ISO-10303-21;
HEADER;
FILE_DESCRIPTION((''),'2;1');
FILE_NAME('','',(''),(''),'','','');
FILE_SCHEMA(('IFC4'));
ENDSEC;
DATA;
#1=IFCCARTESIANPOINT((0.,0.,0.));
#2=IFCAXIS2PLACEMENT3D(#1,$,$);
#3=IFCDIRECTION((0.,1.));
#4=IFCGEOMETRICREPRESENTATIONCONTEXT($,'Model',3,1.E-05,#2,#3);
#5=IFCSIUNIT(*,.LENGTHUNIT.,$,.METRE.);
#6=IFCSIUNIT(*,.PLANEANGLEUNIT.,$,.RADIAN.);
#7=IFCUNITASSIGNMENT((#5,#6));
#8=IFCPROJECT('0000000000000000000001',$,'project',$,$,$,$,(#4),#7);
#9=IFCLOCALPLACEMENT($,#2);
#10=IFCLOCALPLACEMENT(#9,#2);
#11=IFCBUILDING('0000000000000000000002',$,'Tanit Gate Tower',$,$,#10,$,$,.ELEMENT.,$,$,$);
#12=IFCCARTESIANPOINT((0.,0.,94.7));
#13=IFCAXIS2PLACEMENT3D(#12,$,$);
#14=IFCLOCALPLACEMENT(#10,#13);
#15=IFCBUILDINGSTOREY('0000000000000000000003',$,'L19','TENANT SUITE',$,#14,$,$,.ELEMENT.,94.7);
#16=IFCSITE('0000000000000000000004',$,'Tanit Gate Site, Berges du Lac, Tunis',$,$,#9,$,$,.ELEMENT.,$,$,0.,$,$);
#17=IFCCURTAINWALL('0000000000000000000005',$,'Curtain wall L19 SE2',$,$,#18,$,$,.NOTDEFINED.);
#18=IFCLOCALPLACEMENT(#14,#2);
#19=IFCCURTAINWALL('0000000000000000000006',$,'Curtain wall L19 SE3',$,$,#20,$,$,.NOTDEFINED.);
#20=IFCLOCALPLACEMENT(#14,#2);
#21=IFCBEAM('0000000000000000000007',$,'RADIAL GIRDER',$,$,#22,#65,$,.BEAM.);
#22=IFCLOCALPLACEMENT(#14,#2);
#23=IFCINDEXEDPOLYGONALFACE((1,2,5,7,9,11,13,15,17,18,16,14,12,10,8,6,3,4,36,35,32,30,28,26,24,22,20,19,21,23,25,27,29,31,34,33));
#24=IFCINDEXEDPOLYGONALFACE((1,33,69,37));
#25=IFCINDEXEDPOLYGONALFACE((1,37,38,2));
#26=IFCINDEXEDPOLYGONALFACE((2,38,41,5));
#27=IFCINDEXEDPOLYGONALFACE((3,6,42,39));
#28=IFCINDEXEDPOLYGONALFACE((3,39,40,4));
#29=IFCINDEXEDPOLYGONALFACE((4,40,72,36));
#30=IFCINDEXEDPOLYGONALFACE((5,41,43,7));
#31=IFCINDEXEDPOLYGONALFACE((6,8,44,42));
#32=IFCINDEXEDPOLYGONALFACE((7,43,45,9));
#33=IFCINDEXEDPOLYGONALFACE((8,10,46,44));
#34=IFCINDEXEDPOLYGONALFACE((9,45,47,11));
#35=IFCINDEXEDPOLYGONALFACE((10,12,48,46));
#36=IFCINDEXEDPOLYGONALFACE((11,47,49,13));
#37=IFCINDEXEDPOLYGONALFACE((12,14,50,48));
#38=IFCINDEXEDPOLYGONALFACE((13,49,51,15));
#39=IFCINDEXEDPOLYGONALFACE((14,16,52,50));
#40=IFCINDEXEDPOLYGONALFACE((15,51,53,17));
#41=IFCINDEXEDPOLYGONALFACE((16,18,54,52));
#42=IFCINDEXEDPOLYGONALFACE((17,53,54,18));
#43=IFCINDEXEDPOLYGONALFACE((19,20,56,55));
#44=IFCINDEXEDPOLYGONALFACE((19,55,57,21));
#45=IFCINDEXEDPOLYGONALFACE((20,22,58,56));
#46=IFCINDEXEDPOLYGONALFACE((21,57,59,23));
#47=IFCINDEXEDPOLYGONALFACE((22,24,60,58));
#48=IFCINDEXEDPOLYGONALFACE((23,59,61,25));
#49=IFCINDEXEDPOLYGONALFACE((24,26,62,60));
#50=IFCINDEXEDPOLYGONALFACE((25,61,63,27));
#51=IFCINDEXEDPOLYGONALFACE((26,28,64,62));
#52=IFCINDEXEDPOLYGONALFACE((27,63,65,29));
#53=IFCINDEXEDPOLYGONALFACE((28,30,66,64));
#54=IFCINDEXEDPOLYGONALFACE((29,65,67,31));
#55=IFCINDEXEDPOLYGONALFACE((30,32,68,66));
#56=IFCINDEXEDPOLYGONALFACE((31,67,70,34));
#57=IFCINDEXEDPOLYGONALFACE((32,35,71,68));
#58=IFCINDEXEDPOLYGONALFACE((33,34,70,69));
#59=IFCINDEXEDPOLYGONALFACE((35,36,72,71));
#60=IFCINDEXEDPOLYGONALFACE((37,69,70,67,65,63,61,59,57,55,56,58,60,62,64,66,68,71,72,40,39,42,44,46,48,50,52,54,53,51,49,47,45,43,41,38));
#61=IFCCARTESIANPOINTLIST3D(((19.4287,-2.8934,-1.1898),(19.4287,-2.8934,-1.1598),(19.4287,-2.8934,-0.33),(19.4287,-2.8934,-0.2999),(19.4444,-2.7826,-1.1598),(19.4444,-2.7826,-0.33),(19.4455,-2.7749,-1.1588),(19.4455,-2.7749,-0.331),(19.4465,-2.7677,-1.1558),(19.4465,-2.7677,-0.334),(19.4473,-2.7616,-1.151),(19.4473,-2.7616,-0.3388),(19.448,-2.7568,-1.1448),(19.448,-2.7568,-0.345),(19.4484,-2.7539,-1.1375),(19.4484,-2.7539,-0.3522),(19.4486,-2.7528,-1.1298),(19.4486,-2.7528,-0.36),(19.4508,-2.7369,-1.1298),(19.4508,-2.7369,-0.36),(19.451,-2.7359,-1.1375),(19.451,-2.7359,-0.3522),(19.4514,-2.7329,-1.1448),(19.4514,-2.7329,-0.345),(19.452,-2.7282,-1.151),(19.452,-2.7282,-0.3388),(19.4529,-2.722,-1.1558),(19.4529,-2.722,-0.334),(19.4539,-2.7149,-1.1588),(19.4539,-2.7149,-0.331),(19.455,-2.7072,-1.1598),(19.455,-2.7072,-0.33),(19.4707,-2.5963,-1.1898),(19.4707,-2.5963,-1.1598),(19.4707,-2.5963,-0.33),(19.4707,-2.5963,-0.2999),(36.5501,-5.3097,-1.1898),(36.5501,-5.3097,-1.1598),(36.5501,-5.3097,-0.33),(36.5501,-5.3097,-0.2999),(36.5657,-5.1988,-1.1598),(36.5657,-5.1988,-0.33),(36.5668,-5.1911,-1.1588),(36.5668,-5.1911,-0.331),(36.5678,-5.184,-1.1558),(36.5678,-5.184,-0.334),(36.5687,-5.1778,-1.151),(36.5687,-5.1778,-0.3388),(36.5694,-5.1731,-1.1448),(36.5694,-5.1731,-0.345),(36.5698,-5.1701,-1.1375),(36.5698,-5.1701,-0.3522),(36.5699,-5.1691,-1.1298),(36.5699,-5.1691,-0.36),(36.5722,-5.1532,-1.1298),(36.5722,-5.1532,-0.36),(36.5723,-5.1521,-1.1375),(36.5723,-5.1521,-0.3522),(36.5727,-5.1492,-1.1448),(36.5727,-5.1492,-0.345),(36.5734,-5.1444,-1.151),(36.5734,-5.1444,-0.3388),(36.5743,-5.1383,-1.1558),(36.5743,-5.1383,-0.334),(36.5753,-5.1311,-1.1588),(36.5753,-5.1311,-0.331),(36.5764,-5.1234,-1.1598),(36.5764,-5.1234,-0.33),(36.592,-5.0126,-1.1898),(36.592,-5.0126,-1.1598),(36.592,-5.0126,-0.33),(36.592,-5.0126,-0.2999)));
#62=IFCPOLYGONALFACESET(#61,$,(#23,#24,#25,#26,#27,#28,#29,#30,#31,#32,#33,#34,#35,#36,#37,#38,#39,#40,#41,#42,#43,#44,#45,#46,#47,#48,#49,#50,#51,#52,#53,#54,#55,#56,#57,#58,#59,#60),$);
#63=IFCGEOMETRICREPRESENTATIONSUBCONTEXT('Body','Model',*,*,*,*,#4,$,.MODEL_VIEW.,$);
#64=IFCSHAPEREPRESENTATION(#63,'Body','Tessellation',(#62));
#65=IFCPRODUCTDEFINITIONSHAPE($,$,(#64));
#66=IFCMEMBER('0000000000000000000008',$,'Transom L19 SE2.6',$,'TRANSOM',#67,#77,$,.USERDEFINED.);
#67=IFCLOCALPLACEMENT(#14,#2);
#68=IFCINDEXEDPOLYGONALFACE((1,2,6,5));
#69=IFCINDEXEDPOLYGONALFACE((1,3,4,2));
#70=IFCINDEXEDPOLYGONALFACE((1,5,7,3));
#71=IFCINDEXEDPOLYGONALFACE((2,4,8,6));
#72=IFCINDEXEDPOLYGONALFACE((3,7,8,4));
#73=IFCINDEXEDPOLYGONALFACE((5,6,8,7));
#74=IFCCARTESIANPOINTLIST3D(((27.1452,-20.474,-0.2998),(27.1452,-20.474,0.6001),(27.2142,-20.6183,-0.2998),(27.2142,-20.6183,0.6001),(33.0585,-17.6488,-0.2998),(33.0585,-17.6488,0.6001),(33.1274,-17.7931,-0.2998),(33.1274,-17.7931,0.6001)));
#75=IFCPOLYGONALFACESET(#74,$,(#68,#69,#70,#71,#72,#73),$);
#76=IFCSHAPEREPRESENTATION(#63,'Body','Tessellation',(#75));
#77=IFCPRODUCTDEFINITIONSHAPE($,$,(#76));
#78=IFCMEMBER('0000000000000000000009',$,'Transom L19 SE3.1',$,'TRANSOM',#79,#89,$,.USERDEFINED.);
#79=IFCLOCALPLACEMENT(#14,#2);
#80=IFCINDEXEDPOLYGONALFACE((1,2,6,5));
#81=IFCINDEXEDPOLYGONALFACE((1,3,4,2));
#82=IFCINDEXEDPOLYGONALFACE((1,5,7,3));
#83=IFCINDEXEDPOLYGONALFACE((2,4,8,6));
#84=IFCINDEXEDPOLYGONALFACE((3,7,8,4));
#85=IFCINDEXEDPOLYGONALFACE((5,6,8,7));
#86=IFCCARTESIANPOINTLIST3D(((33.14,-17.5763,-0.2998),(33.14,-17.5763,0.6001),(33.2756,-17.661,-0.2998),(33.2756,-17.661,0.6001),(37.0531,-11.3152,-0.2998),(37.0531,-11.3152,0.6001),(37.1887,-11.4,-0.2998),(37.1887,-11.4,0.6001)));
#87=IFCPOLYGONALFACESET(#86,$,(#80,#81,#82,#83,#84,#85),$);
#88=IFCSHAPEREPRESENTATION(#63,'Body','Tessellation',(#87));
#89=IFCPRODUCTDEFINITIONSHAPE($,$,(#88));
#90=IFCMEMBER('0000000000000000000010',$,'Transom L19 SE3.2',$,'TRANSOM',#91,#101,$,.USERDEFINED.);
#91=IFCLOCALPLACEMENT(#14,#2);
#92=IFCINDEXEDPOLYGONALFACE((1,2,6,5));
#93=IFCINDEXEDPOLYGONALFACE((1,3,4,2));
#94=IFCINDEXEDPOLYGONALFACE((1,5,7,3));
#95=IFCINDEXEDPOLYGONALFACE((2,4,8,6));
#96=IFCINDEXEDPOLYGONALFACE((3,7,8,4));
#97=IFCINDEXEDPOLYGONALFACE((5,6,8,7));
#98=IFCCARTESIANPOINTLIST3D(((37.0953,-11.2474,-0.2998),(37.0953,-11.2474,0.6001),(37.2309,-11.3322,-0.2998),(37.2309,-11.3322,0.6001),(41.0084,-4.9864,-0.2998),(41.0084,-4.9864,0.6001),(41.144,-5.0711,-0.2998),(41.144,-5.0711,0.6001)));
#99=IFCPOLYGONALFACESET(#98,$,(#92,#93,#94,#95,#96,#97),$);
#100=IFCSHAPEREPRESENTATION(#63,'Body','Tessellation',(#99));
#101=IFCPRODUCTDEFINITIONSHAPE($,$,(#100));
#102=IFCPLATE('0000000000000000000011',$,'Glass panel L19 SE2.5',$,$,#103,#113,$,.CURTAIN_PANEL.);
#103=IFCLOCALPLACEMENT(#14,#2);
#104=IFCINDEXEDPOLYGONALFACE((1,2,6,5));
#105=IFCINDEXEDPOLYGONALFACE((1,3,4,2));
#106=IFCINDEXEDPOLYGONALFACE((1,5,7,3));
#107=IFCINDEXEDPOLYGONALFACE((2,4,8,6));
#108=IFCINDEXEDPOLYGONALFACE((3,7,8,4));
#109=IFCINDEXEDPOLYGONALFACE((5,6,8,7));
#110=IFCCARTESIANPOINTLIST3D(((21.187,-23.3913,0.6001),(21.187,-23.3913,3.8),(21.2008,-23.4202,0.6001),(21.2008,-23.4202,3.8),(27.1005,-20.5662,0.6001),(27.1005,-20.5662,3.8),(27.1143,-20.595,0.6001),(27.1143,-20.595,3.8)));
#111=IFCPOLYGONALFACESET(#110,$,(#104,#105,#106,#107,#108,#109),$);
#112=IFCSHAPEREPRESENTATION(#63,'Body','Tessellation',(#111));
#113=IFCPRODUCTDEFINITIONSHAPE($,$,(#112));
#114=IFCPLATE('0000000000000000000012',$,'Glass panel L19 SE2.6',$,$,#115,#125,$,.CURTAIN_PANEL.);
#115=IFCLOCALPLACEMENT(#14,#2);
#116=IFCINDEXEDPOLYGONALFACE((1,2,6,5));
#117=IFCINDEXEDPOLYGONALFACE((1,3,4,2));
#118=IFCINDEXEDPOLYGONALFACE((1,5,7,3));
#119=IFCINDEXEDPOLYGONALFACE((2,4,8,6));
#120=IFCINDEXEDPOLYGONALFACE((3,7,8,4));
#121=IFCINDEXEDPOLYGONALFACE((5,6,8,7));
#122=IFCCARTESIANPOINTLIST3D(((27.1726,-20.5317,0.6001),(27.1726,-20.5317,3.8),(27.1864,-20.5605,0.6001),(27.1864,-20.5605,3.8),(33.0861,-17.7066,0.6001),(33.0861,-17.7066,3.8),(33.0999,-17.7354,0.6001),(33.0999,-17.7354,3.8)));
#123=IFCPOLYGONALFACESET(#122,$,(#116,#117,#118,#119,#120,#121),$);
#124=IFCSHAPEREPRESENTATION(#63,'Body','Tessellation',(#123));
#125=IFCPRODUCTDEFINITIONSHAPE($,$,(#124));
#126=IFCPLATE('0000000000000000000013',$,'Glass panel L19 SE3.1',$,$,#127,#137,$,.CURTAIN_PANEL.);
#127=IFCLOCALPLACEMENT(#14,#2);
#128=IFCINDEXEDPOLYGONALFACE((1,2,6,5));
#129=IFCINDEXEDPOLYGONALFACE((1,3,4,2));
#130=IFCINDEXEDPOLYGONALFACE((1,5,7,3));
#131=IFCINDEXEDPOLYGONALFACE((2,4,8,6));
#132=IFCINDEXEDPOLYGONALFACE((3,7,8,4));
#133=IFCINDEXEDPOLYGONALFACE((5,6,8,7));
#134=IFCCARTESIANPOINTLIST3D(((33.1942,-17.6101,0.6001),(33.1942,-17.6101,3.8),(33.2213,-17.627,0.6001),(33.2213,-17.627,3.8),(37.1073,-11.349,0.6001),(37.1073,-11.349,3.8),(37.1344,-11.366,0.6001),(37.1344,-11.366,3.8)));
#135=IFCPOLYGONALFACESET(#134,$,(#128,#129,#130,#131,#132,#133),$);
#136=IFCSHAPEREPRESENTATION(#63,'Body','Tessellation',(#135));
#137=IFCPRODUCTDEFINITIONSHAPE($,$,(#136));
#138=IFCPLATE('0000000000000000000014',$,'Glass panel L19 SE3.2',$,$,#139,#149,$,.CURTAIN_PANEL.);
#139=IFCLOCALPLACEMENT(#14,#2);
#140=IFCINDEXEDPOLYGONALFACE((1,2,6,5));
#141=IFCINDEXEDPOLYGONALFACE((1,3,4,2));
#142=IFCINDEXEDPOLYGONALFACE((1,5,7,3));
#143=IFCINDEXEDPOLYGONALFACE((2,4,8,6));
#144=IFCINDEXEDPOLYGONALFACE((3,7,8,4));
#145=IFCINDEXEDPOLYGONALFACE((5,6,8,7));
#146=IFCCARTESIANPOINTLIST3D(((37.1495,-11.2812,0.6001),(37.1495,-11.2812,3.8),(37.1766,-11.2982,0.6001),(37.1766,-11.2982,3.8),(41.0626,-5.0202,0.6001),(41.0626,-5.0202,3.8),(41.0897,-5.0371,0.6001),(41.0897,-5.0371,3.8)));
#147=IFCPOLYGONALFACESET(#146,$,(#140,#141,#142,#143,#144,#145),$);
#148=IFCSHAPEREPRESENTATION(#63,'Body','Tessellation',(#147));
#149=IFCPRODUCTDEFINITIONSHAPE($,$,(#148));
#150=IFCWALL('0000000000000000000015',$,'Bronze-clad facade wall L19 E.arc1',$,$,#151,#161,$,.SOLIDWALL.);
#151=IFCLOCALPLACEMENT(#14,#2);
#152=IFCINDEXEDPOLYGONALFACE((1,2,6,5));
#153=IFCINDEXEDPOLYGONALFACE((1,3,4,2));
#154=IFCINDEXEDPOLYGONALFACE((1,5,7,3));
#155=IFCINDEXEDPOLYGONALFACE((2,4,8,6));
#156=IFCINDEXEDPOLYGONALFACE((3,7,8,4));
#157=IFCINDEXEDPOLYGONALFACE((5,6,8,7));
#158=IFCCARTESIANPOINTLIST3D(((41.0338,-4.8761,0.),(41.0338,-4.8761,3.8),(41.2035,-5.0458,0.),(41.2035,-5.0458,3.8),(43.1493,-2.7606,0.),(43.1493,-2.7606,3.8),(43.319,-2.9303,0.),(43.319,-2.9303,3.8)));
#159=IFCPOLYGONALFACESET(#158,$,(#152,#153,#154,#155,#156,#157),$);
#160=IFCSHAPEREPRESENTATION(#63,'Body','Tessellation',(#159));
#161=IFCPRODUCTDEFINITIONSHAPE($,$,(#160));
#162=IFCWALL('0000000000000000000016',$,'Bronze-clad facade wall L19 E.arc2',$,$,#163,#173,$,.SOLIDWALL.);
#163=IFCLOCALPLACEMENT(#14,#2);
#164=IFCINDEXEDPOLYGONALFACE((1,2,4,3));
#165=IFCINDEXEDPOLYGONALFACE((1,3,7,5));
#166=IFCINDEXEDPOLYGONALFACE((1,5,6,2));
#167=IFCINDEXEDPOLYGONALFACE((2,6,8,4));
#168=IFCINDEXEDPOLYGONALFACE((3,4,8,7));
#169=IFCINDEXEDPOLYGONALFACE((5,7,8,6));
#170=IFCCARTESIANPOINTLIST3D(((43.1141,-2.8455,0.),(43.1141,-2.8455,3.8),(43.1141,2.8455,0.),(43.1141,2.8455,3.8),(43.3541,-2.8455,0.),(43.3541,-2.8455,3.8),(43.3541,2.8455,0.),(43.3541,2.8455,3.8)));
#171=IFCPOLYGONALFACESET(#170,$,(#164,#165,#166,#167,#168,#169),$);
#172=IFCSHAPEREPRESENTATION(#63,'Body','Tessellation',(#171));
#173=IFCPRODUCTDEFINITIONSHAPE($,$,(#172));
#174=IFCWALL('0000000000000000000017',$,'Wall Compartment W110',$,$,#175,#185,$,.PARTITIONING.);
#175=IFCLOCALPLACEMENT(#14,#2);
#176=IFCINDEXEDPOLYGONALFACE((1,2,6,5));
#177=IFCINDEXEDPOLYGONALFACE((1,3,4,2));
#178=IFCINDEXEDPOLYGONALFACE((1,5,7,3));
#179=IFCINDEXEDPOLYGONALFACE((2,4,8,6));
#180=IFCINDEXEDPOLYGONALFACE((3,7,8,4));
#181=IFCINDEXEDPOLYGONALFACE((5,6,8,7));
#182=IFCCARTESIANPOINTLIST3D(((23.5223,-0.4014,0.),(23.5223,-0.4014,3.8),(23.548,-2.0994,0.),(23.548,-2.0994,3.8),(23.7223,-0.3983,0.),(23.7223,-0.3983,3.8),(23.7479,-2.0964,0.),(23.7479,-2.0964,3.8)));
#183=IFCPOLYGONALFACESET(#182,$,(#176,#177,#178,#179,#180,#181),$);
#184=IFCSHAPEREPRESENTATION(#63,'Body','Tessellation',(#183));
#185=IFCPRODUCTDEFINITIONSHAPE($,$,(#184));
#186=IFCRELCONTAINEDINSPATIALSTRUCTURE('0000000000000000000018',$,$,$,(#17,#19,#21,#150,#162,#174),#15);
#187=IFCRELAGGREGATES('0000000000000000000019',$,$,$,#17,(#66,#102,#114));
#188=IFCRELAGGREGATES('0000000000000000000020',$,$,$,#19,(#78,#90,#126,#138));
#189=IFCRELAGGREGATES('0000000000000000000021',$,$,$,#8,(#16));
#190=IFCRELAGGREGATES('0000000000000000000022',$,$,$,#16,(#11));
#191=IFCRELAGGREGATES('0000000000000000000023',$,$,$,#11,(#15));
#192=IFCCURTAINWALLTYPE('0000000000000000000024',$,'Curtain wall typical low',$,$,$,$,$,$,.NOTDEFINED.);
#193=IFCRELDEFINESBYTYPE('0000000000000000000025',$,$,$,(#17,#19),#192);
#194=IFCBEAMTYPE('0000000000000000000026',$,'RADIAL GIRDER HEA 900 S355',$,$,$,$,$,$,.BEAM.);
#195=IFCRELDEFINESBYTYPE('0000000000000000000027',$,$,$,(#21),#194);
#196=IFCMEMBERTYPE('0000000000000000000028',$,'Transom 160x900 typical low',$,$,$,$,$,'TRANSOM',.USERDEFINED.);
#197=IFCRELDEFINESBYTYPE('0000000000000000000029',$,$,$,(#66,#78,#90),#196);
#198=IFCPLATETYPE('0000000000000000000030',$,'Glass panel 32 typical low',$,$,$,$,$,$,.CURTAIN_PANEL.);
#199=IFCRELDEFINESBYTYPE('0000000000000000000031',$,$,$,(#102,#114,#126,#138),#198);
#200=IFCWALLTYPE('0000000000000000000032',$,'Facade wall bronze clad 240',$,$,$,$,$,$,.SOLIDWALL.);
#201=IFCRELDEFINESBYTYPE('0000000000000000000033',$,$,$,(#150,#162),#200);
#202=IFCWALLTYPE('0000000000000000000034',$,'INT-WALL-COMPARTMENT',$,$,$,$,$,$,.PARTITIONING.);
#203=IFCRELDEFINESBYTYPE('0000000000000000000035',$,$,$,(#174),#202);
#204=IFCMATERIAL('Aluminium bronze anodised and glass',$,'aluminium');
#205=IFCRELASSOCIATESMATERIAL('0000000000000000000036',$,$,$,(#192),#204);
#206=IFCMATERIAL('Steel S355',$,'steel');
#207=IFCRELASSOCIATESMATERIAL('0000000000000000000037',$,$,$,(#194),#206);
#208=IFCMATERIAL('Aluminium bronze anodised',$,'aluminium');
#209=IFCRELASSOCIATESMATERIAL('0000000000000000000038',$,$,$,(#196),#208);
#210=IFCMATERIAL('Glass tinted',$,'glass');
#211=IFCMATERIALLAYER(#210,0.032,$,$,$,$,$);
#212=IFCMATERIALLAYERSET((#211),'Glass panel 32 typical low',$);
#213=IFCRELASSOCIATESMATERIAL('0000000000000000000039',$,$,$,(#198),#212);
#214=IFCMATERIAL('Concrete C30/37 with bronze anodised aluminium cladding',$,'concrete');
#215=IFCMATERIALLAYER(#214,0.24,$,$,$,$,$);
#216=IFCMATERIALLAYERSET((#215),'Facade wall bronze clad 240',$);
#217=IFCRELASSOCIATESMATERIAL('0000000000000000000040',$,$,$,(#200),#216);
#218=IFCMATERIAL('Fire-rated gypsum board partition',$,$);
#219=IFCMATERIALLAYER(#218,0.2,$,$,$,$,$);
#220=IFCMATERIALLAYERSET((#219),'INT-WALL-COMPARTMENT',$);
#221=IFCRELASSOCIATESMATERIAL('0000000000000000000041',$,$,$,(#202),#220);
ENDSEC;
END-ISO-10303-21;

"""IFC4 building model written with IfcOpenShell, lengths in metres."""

from ifc_helpers import new_model, si_unit, direction, frame, frame_2d, origin, origin_2d, place, context, subcontext, project, spatial, rectangle, i_section, extrude, material, layer, layer_set, material_profile, profile_set, type_object, element, aggregate, save


model = new_model("IFC4")

# Units and contexts
model_context = context("Model", 3, precision=1e-05, world=origin(), true_north=direction((0.0, 1.0)))
body_context = subcontext(model_context, "Body", "Model", "MODEL_VIEW")
ifc_project = project(units=[si_unit("LENGTHUNIT", "METRE"), si_unit("PLANEANGLEUNIT", "RADIAN")], contexts=[model_context])

# Site, building, storey
site_placement = place(None, origin())
site = spatial("IfcSite", under=ifc_project, at=site_placement, Name="Tanit Gate Site, Berges du Lac, Tunis", CompositionType="ELEMENT", RefElevation=0.0)
building_placement = place(site_placement, origin())
building = spatial("IfcBuilding", under=site, at=building_placement, Name="Tanit Gate Tower", CompositionType="ELEMENT")
storey_placement = place(building_placement, frame((0.0, 0.0, 94.7)))
storey = spatial("IfcBuildingStorey", under=building, at=storey_placement, Name="L19", Description="TENANT SUITE", CompositionType="ELEMENT", Elevation=94.7)

# Curtain wall
ifc_material_1 = material(Name="Aluminium bronze anodised and glass", Category="aluminium")
curtain_wall_type = type_object("IfcCurtainWallType", Name="Curtain wall typical low", PredefinedType="NOTDEFINED", material=ifc_material_1)
curtain_wall_1_placement = place(storey_placement, origin())
curtain_wall_1 = element("IfcCurtainWall", 1, at=curtain_wall_1_placement, inside=storey, type_object=curtain_wall_type, Name="Curtain wall L19 SE2", PredefinedType="NOTDEFINED")

# Curtain wall
curtain_wall_2_placement = place(storey_placement, origin())
curtain_wall_2 = element("IfcCurtainWall", 2, at=curtain_wall_2_placement, inside=storey, type_object=curtain_wall_type, Name="Curtain wall L19 SE3", PredefinedType="NOTDEFINED")

# Beam
ifc_material_2 = material(Name="Steel S355", Category="steel")
ifc_material_profile_1 = material_profile(ifc_material_2, i_section(OverallWidth=0.3, OverallDepth=0.8899, WebThickness=0.0161, FlangeThickness=0.03, FilletRadius=0.03, at=origin_2d()), Name="HEA 900")
ifc_profile_set_1 = profile_set([ifc_material_profile_1], Name="Steel S355")
beam_type_1 = type_object("IfcBeamType", Name="RADIAL GIRDER HEA 900 S355", PredefinedType="BEAM", material=ifc_profile_set_1)
beam_1_placement = place(storey_placement, frame((36.571, -5.1611, -0.7449), z_axis=(-0.990188, 0.139741, 0.0), x_axis=(-0.139741, -0.990188, 0.0)))
element("IfcBeam", 3, at=beam_1_placement, inside=storey, type_object=beam_type_1, Name="RADIAL GIRDER", PredefinedType="BEAM", context=body_context, shape_type="SweptSolid", body=[
    extrude(i_section(OverallWidth=0.3, OverallDepth=0.8899, WebThickness=0.0161, FlangeThickness=0.03, FilletRadius=0.03, at=origin_2d()), origin(), (0.0, 0.0, 1.0), 17.291),
])

# Members
ifc_material_3 = material(Name="Aluminium bronze anodised", Category="aluminium")
ifc_material_profile_2 = material_profile(ifc_material_3, rectangle(XDim=0.1599, YDim=0.8999, at=origin_2d()), Name="160x900 bronze transom")
ifc_profile_set_2 = profile_set([ifc_material_profile_2], Name="Aluminium bronze anodised")
member_type_1 = type_object("IfcMemberType", Name="Transom 160x900 typical low", ElementType="TRANSOM", PredefinedType="USERDEFINED", material=ifc_profile_set_2)
member_1_placement = place(storey_placement, frame((27.1797, -20.5461, 0.1501), z_axis=(0.902308, 0.431093, 0.0), x_axis=(-0.431093, 0.902308, 0.0)))
member_1 = element("IfcMember", 4, at=member_1_placement, type_object=member_type_1, Name="Transom L19 SE2.6", ObjectType="TRANSOM", PredefinedType="USERDEFINED", context=body_context, shape_type="SweptSolid", body=[
    extrude(rectangle(XDim=0.1599, YDim=0.8999, at=origin_2d()), origin(), (0.0, 0.0, 1.0), 6.5535),
])
member_2_placement = place(storey_placement, frame((33.2078, -17.6187, 0.1501), z_axis=(0.529996, 0.848, 0.0), x_axis=(-0.848, 0.529996, 0.0)))
member_2 = element("IfcMember", 5, at=member_2_placement, type_object=member_type_1, Name="Transom L19 SE3.1", ObjectType="TRANSOM", PredefinedType="USERDEFINED", context=body_context, shape_type="SweptSolid", body=[
    extrude(rectangle(XDim=0.1599, YDim=0.8999, at=origin_2d()), origin(), (0.0, 0.0, 1.0), 7.3833),
])
member_3_placement = place(storey_placement, frame((37.1631, -11.2898, 0.1501), z_axis=(0.529996, 0.848, 0.0), x_axis=(-0.848, 0.529996, 0.0)))
member_3 = element("IfcMember", 6, at=member_3_placement, type_object=member_type_1, Name="Transom L19 SE3.2", ObjectType="TRANSOM", PredefinedType="USERDEFINED", context=body_context, shape_type="SweptSolid", body=[
    extrude(rectangle(XDim=0.1599, YDim=0.8999, at=origin_2d()), origin(), (0.0, 0.0, 1.0), 7.3833),
])

# Plates
ifc_material_4 = material(Name="Glass tinted", Category="glass")
ifc_layer_1 = layer(ifc_material_4, 0.032)
ifc_layer_set_1 = layer_set([ifc_layer_1], Name="Glass panel 32 typical low")
plate_type = type_object("IfcPlateType", Name="Glass panel 32 typical low", PredefinedType="CURTAIN_PANEL", material=ifc_layer_set_1)
plate_1_placement = place(storey_placement, frame((24.1506, -21.9932, 0.6001), z_axis=(0.0, 0.0, 1.0), x_axis=(0.902317, 0.431073, 0.0)))
plate_1 = element("IfcPlate", 7, at=plate_1_placement, type_object=plate_type, Name="Glass panel L19 SE2.5", PredefinedType="CURTAIN_PANEL", context=body_context, shape_type="SweptSolid", body=[
    extrude(rectangle(XDim=6.5537, YDim=0.032, at=origin_2d()), origin(), (0.0, 0.0, 1.0), 3.2),
])
plate_2_placement = place(storey_placement, frame((30.1362, -19.1335, 0.6001), z_axis=(0.0, 0.0, 1.0), x_axis=(0.902317, 0.431073, 0.0)))
plate_2 = element("IfcPlate", 8, at=plate_2_placement, type_object=plate_type, Name="Glass panel L19 SE2.6", PredefinedType="CURTAIN_PANEL", context=body_context, shape_type="SweptSolid", body=[
    extrude(rectangle(XDim=6.5537, YDim=0.032, at=origin_2d()), origin(), (0.0, 0.0, 1.0), 3.2),
])
aggregate(curtain_wall_1, [member_1, plate_1, plate_2])
plate_3_placement = place(storey_placement, frame((35.1643, -14.488, 0.6001), z_axis=(0.0, 0.0, 1.0), x_axis=(0.529992, 0.848003, 0.0)))
plate_3 = element("IfcPlate", 9, at=plate_3_placement, type_object=plate_type, Name="Glass panel L19 SE3.1", PredefinedType="CURTAIN_PANEL", context=body_context, shape_type="SweptSolid", body=[
    extrude(rectangle(XDim=7.3833, YDim=0.032, at=origin_2d()), origin(), (0.0, 0.0, 1.0), 3.2),
])
plate_4_placement = place(storey_placement, frame((39.1196, -8.1592, 0.6001), z_axis=(0.0, 0.0, 1.0), x_axis=(0.529992, 0.848003, 0.0)))
plate_4 = element("IfcPlate", 10, at=plate_4_placement, type_object=plate_type, Name="Glass panel L19 SE3.2", PredefinedType="CURTAIN_PANEL", context=body_context, shape_type="SweptSolid", body=[
    extrude(rectangle(XDim=7.3833, YDim=0.032, at=origin_2d()), origin(), (0.0, 0.0, 1.0), 3.2),
])
aggregate(curtain_wall_2, [member_2, member_3, plate_3, plate_4])

# Walls
ifc_material_5 = material(Name="Concrete C30/37 with bronze anodised aluminium cladding", Category="concrete")
ifc_layer_2 = layer(ifc_material_5, 0.24)
ifc_layer_set_2 = layer_set([ifc_layer_2], Name="Facade wall bronze clad 240")
wall_type_1 = type_object("IfcWallType", Name="Facade wall bronze clad 240", PredefinedType="SOLIDWALL", material=ifc_layer_set_2)
wall_1_placement = place(storey_placement, frame((41.1187, -4.9609, 0.0), z_axis=(0.0, 0.0, 1.0), x_axis=(0.707107, 0.707107, 0.0)))
element("IfcWall", 11, at=wall_1_placement, inside=storey, type_object=wall_type_1, Name="Bronze-clad facade wall L19 E.arc1", PredefinedType="SOLIDWALL", context=body_context, shape_type="SweptSolid", body=[
    extrude(rectangle(XDim=2.9917, YDim=0.24, at=frame_2d((1.4958, 0.0))), origin(), (0.0, 0.0, 1.0), 3.8),
])
wall_2_placement = place(storey_placement, frame((43.2341, -2.8455, 0.0), z_axis=(0.0, 0.0, 1.0), x_axis=(0.0, 1.0, 0.0)))
element("IfcWall", 12, at=wall_2_placement, inside=storey, type_object=wall_type_1, Name="Bronze-clad facade wall L19 E.arc2", PredefinedType="SOLIDWALL", context=body_context, shape_type="SweptSolid", body=[
    extrude(rectangle(XDim=5.6909, YDim=0.24, at=frame_2d((2.8455, 0.0))), origin(), (0.0, 0.0, 1.0), 3.8),
])
ifc_material_6 = material(Name="Fire-rated gypsum board partition")
ifc_layer_3 = layer(ifc_material_6, 0.2)
ifc_layer_set_3 = layer_set([ifc_layer_3], Name="INT-WALL-COMPARTMENT")
wall_type_2 = type_object("IfcWallType", Name="INT-WALL-COMPARTMENT", PredefinedType="PARTITIONING", material=ifc_layer_set_3)
wall_3_placement = place(storey_placement, frame((23.6479, -2.0979, 0.0), z_axis=(0.0, 0.0, 1.0), x_axis=(-0.015095, 0.999886, 0.0)))
element("IfcWall", 13, at=wall_3_placement, inside=storey, type_object=wall_type_2, Name="Wall Compartment W110", PredefinedType="PARTITIONING", context=body_context, shape_type="SweptSolid", body=[
    extrude(rectangle(XDim=1.6982, YDim=0.2, at=frame_2d((0.8491, 0.0))), origin(), (0.0, 0.0, 1.0), 3.8),
])

save(model, "model.ifc")
